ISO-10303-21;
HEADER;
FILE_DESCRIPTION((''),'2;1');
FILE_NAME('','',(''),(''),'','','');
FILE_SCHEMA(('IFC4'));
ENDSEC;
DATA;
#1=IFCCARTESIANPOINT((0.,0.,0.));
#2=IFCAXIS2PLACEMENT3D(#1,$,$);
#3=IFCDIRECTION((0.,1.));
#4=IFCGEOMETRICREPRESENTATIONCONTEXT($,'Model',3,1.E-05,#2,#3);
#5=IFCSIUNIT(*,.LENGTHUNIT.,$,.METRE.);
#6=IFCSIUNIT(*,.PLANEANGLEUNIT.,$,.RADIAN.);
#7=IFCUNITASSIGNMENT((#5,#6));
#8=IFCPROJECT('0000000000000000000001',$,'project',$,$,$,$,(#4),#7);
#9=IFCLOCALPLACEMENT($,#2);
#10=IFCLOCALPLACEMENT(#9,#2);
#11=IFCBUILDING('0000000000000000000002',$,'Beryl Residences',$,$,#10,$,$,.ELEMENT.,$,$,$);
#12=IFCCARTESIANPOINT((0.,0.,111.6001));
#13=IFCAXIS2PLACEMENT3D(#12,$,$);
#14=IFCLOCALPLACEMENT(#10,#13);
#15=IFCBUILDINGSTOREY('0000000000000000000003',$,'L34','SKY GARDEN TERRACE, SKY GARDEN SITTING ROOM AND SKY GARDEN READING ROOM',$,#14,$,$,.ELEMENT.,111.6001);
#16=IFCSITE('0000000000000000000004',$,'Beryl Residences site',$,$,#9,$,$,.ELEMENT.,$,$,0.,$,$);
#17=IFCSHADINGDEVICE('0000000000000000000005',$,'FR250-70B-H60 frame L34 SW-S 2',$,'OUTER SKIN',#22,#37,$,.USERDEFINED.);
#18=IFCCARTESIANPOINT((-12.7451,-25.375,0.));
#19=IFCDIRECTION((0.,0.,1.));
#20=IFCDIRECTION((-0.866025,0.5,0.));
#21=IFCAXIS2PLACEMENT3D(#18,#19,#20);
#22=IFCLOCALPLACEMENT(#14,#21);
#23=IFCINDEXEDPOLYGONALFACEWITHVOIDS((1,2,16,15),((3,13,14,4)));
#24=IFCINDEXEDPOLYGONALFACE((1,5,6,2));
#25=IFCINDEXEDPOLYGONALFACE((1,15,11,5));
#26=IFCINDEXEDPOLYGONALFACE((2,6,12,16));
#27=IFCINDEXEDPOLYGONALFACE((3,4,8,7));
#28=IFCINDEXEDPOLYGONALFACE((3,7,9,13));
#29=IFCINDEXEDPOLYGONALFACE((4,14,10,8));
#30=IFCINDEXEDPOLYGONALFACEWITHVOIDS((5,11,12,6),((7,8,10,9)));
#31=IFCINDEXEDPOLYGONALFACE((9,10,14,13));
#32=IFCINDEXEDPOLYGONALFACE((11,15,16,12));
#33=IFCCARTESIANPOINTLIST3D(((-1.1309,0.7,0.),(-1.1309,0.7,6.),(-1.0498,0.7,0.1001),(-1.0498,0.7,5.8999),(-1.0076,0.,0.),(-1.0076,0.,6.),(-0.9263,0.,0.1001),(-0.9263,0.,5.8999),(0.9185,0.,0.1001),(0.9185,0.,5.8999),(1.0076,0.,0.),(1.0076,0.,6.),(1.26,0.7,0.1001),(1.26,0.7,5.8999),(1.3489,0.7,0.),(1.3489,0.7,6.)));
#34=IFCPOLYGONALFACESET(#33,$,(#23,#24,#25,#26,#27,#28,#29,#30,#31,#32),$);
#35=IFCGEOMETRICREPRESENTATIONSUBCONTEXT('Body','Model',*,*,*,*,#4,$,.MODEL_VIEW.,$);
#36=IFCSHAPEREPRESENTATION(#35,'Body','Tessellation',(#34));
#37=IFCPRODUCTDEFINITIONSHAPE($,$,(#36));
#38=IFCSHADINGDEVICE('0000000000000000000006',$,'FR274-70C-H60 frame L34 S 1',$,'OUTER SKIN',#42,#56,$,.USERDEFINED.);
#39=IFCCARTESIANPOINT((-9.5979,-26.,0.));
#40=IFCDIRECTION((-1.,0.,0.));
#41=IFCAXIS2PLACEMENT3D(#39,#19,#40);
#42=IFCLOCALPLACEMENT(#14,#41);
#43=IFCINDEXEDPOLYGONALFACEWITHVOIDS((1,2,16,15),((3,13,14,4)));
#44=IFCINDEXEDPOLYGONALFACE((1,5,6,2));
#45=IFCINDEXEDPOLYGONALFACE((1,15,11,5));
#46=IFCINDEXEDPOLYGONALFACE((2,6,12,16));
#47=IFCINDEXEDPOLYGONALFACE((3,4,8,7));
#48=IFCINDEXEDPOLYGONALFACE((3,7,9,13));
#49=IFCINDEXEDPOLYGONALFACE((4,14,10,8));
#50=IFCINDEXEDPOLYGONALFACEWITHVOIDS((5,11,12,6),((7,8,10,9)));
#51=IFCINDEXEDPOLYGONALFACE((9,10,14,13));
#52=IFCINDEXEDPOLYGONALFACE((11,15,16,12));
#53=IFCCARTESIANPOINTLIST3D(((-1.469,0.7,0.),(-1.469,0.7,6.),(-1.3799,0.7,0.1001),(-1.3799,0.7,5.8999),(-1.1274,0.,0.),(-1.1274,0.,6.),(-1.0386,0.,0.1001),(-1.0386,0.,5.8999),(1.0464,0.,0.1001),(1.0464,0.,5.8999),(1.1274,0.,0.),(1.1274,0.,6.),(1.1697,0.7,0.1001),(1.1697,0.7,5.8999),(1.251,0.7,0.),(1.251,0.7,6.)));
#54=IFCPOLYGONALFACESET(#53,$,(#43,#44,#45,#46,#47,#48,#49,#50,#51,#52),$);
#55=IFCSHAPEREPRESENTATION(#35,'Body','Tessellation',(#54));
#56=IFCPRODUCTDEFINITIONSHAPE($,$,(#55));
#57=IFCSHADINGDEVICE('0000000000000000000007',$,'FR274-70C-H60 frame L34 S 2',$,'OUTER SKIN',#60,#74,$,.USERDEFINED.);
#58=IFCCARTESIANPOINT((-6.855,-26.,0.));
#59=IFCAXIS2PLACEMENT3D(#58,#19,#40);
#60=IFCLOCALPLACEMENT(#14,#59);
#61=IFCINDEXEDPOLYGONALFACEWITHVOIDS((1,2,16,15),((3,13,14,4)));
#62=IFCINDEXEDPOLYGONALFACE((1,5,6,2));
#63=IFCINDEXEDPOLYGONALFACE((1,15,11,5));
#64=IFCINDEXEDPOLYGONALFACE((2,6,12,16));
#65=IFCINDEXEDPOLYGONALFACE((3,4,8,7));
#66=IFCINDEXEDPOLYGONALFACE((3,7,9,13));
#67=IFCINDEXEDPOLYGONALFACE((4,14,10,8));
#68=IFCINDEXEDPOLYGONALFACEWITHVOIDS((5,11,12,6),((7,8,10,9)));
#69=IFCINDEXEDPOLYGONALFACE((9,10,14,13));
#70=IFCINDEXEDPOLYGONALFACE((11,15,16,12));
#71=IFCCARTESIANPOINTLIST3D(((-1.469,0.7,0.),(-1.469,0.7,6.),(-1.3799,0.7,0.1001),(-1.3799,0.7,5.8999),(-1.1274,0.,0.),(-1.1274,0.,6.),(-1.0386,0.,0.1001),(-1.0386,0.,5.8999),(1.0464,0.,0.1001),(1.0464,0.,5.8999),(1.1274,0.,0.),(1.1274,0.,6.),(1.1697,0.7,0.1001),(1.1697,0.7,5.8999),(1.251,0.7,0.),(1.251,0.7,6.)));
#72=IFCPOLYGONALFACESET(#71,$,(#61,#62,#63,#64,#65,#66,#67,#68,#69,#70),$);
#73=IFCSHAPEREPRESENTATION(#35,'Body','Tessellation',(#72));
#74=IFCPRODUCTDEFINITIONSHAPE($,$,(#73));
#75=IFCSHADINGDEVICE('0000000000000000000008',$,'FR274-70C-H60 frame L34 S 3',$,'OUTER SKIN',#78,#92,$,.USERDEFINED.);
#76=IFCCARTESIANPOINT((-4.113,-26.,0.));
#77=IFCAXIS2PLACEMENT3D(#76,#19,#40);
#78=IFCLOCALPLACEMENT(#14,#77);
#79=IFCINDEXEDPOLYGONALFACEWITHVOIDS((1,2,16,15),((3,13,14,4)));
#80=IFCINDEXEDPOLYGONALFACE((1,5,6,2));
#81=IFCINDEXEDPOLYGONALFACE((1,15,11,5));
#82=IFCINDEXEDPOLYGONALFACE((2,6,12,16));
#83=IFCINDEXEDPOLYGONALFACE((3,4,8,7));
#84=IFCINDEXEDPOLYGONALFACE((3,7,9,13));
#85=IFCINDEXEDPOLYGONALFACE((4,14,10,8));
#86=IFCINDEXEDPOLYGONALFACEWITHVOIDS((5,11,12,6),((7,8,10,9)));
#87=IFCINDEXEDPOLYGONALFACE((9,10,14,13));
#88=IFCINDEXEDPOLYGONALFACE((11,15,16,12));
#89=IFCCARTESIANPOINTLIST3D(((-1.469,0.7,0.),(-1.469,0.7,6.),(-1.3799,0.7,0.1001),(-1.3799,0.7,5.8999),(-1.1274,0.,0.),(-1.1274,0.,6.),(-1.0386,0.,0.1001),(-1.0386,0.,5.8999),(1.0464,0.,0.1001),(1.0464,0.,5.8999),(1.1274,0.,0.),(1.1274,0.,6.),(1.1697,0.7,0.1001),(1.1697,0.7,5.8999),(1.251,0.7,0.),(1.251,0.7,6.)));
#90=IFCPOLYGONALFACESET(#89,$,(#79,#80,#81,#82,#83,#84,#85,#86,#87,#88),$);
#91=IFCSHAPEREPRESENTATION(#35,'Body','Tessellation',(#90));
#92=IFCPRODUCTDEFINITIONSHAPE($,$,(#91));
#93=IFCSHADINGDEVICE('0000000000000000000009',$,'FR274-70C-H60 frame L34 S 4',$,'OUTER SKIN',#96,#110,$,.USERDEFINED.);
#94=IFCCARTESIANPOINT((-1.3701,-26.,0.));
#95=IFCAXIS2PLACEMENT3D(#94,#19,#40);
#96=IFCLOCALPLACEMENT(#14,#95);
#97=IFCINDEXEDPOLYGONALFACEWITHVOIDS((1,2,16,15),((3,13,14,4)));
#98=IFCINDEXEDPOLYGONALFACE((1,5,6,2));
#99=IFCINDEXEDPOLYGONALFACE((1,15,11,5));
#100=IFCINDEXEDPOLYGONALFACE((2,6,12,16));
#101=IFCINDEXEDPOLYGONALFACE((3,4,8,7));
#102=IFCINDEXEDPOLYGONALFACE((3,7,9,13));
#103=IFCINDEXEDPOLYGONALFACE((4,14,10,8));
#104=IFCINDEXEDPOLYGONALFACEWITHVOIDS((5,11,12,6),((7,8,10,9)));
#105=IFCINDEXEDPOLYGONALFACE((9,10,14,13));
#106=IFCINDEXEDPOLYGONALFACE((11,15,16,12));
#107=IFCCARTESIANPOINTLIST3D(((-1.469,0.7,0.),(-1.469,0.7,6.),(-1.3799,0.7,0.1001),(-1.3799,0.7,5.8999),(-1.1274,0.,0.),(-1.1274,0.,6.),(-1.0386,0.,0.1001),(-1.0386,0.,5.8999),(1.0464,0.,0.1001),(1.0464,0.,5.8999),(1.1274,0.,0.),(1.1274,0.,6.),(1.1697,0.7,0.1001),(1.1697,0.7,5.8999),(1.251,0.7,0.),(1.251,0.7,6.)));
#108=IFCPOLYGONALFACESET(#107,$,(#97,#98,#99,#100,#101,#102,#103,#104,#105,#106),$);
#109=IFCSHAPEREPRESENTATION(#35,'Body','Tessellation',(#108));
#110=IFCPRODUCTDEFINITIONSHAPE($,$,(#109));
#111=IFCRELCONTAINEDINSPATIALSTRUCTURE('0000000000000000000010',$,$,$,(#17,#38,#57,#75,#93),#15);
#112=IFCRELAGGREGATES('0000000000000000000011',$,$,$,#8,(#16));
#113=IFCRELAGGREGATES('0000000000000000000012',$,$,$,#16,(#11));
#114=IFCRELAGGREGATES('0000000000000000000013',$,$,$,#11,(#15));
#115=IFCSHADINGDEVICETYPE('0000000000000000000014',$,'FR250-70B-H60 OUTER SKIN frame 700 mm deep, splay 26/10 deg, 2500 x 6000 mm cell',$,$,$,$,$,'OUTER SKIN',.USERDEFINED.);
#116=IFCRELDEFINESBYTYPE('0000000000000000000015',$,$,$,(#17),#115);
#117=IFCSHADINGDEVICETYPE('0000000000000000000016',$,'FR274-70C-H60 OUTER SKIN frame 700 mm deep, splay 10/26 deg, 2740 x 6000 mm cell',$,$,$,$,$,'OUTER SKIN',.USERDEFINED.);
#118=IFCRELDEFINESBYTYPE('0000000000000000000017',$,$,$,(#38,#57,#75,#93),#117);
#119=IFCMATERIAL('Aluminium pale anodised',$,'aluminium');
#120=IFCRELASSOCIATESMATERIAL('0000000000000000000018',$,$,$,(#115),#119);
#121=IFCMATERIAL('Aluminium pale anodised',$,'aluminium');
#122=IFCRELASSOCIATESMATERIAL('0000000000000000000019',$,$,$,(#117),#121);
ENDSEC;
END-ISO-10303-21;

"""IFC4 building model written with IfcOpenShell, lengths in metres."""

from ifc_helpers import new_model, entity, si_unit, direction, frame, origin, place, context, subcontext, project, spatial, source, transform, mapped, material, type_object, type_shapes, element, save


model = new_model("IFC4")

# Units and contexts
model_context = context("Model", 3, precision=1e-05, world=origin(), true_north=direction((0.0, 1.0)))
body_context = subcontext(model_context, "Body", "Model", "MODEL_VIEW")
ifc_project = project(units=[si_unit("LENGTHUNIT", "METRE"), si_unit("PLANEANGLEUNIT", "RADIAN")], contexts=[model_context])

# Site, building, storey
site_placement = place(None, origin())
site = spatial("IfcSite", under=ifc_project, at=site_placement, Name="Beryl Residences site", CompositionType="ELEMENT", RefElevation=0.0)
building_placement = place(site_placement, origin())
building = spatial("IfcBuilding", under=site, at=building_placement, Name="Beryl Residences", CompositionType="ELEMENT")
storey_placement = place(building_placement, frame((0.0, 0.0, 111.6001)))
storey = spatial("IfcBuildingStorey", under=building, at=storey_placement, Name="L34", Description="SKY GARDEN TERRACE, SKY GARDEN SITTING ROOM AND SKY GARDEN READING ROOM", CompositionType="ELEMENT", Elevation=111.6001)

# Shading devices
ifc_material_1 = material(Name="Aluminium pale anodised", Category="aluminium")
shading_device_type_1 = type_object("IfcShadingDeviceType", Name="FR250-70B-H60 OUTER SKIN frame 700 mm deep, splay 26/10 deg, 2500 x 6000 mm cell", ElementType="OUTER SKIN", PredefinedType="USERDEFINED", material=ifc_material_1)
cartesian_point_1 = entity("IfcCartesianPoint", [-1.0076, 0.0])
cartesian_point_2 = entity("IfcCartesianPoint", [-0.9185, 0.1001])
cartesian_point_3 = entity("IfcCartesianPoint", [-1.3489, 0.0])
cartesian_point_4 = entity("IfcCartesianPoint", [-1.26, 0.1001])
shared_shape_1 = source(origin(), body_context, "Body", "SweptSolid", [
    entity("IfcExtrudedAreaSolidTapered", entity("IfcArbitraryProfileDefWithVoids", "AREA", None, entity("IfcPolyline", [cartesian_point_1, entity("IfcCartesianPoint", [1.0076, 0.0]), entity("IfcCartesianPoint", [1.0076, 6.0]), entity("IfcCartesianPoint", [-1.0076, 6.0]), cartesian_point_1]), [entity("IfcPolyline", [cartesian_point_2, entity("IfcCartesianPoint", [0.9263, 0.1001]), entity("IfcCartesianPoint", [0.9263, 5.8999]), entity("IfcCartesianPoint", [-0.9185, 5.8999]), cartesian_point_2])]), entity("IfcAxis2Placement3D", entity("IfcCartesianPoint", [0.0, 0.0, 0.0]), entity("IfcDirection", [0.0, 1.0, 0.0]), entity("IfcDirection", [-1.0, 0.0, 0.0])), entity("IfcDirection", [0.0, 0.0, 1.0]), 0.7, entity("IfcArbitraryProfileDefWithVoids", "AREA", None, entity("IfcPolyline", [cartesian_point_3, entity("IfcCartesianPoint", [1.1309, 0.0]), entity("IfcCartesianPoint", [1.1309, 6.0]), entity("IfcCartesianPoint", [-1.3489, 6.0]), cartesian_point_3]), [entity("IfcPolyline", [cartesian_point_4, entity("IfcCartesianPoint", [1.0498, 0.1001]), entity("IfcCartesianPoint", [1.0498, 5.8999]), entity("IfcCartesianPoint", [-1.26, 5.8999]), cartesian_point_4])])),
])
type_shapes(shading_device_type_1, [shared_shape_1])
shading_device_placement = place(storey_placement, frame((-12.7451, -25.375, 0.0), z_axis=(0.0, 0.0, 1.0), x_axis=(-0.866025, 0.5, 0.0)))
element("IfcShadingDevice", 1, at=shading_device_placement, inside=storey, type_object=shading_device_type_1, Name="FR250-70B-H60 frame L34 SW-S 2", ObjectType="OUTER SKIN", PredefinedType="USERDEFINED", context=body_context, shape_type="MappedRepresentation", body=[
    mapped(shared_shape_1, transform((0.0, 0.0, 0.0))),
])
ifc_material_2 = material(Name="Aluminium pale anodised", Category="aluminium")
shading_device_type_2 = type_object("IfcShadingDeviceType", Name="FR274-70C-H60 OUTER SKIN frame 700 mm deep, splay 10/26 deg, 2740 x 6000 mm cell", ElementType="OUTER SKIN", PredefinedType="USERDEFINED", material=ifc_material_2)
cartesian_point_5 = entity("IfcCartesianPoint", [-1.1274, 0.0])
cartesian_point_6 = entity("IfcCartesianPoint", [-1.0464, 0.1001])
cartesian_point_7 = entity("IfcCartesianPoint", [-1.251, 0.0])
cartesian_point_8 = entity("IfcCartesianPoint", [-1.1697, 0.1001])
shared_shape_2 = source(origin(), body_context, "Body", "SweptSolid", [
    entity("IfcExtrudedAreaSolidTapered", entity("IfcArbitraryProfileDefWithVoids", "AREA", None, entity("IfcPolyline", [cartesian_point_5, entity("IfcCartesianPoint", [1.1274, 0.0]), entity("IfcCartesianPoint", [1.1274, 6.0]), entity("IfcCartesianPoint", [-1.1274, 6.0]), cartesian_point_5]), [entity("IfcPolyline", [cartesian_point_6, entity("IfcCartesianPoint", [1.0386, 0.1001]), entity("IfcCartesianPoint", [1.0386, 5.8999]), entity("IfcCartesianPoint", [-1.0464, 5.8999]), cartesian_point_6])]), entity("IfcAxis2Placement3D", entity("IfcCartesianPoint", [0.0, 0.0, 0.0]), entity("IfcDirection", [0.0, 1.0, 0.0]), entity("IfcDirection", [-1.0, 0.0, 0.0])), entity("IfcDirection", [0.0, 0.0, 1.0]), 0.7, entity("IfcArbitraryProfileDefWithVoids", "AREA", None, entity("IfcPolyline", [cartesian_point_7, entity("IfcCartesianPoint", [1.469, 0.0]), entity("IfcCartesianPoint", [1.469, 6.0]), entity("IfcCartesianPoint", [-1.251, 6.0]), cartesian_point_7]), [entity("IfcPolyline", [cartesian_point_8, entity("IfcCartesianPoint", [1.3799, 0.1001]), entity("IfcCartesianPoint", [1.3799, 5.8999]), entity("IfcCartesianPoint", [-1.1697, 5.8999]), cartesian_point_8])])),
])
type_shapes(shading_device_type_2, [shared_shape_2])
for number, where, z_axis, x_axis, name in (
    (2, (-9.5979, -26.0, 0.0), (0.0, 0.0, 1.0), (-1.0, 0.0, 0.0), "FR274-70C-H60 frame L34 S 1"),
    (3, (-6.855, -26.0, 0.0), (0.0, 0.0, 1.0), (-1.0, 0.0, 0.0), "FR274-70C-H60 frame L34 S 2"),
    (4, (-4.113, -26.0, 0.0), (0.0, 0.0, 1.0), (-1.0, 0.0, 0.0), "FR274-70C-H60 frame L34 S 3"),
    (5, (-1.3701, -26.0, 0.0), (0.0, 0.0, 1.0), (-1.0, 0.0, 0.0), "FR274-70C-H60 frame L34 S 4"),
):
    element("IfcShadingDevice", number, at=place(storey_placement, frame(where, z_axis=z_axis, x_axis=x_axis)), inside=storey, type_object=shading_device_type_2, Name=name, ObjectType="OUTER SKIN", PredefinedType="USERDEFINED", context=body_context, shape_type="MappedRepresentation", body=[
        mapped(shared_shape_2, transform((0.0, 0.0, 0.0))),
    ])

save(model, "model.ifc")
